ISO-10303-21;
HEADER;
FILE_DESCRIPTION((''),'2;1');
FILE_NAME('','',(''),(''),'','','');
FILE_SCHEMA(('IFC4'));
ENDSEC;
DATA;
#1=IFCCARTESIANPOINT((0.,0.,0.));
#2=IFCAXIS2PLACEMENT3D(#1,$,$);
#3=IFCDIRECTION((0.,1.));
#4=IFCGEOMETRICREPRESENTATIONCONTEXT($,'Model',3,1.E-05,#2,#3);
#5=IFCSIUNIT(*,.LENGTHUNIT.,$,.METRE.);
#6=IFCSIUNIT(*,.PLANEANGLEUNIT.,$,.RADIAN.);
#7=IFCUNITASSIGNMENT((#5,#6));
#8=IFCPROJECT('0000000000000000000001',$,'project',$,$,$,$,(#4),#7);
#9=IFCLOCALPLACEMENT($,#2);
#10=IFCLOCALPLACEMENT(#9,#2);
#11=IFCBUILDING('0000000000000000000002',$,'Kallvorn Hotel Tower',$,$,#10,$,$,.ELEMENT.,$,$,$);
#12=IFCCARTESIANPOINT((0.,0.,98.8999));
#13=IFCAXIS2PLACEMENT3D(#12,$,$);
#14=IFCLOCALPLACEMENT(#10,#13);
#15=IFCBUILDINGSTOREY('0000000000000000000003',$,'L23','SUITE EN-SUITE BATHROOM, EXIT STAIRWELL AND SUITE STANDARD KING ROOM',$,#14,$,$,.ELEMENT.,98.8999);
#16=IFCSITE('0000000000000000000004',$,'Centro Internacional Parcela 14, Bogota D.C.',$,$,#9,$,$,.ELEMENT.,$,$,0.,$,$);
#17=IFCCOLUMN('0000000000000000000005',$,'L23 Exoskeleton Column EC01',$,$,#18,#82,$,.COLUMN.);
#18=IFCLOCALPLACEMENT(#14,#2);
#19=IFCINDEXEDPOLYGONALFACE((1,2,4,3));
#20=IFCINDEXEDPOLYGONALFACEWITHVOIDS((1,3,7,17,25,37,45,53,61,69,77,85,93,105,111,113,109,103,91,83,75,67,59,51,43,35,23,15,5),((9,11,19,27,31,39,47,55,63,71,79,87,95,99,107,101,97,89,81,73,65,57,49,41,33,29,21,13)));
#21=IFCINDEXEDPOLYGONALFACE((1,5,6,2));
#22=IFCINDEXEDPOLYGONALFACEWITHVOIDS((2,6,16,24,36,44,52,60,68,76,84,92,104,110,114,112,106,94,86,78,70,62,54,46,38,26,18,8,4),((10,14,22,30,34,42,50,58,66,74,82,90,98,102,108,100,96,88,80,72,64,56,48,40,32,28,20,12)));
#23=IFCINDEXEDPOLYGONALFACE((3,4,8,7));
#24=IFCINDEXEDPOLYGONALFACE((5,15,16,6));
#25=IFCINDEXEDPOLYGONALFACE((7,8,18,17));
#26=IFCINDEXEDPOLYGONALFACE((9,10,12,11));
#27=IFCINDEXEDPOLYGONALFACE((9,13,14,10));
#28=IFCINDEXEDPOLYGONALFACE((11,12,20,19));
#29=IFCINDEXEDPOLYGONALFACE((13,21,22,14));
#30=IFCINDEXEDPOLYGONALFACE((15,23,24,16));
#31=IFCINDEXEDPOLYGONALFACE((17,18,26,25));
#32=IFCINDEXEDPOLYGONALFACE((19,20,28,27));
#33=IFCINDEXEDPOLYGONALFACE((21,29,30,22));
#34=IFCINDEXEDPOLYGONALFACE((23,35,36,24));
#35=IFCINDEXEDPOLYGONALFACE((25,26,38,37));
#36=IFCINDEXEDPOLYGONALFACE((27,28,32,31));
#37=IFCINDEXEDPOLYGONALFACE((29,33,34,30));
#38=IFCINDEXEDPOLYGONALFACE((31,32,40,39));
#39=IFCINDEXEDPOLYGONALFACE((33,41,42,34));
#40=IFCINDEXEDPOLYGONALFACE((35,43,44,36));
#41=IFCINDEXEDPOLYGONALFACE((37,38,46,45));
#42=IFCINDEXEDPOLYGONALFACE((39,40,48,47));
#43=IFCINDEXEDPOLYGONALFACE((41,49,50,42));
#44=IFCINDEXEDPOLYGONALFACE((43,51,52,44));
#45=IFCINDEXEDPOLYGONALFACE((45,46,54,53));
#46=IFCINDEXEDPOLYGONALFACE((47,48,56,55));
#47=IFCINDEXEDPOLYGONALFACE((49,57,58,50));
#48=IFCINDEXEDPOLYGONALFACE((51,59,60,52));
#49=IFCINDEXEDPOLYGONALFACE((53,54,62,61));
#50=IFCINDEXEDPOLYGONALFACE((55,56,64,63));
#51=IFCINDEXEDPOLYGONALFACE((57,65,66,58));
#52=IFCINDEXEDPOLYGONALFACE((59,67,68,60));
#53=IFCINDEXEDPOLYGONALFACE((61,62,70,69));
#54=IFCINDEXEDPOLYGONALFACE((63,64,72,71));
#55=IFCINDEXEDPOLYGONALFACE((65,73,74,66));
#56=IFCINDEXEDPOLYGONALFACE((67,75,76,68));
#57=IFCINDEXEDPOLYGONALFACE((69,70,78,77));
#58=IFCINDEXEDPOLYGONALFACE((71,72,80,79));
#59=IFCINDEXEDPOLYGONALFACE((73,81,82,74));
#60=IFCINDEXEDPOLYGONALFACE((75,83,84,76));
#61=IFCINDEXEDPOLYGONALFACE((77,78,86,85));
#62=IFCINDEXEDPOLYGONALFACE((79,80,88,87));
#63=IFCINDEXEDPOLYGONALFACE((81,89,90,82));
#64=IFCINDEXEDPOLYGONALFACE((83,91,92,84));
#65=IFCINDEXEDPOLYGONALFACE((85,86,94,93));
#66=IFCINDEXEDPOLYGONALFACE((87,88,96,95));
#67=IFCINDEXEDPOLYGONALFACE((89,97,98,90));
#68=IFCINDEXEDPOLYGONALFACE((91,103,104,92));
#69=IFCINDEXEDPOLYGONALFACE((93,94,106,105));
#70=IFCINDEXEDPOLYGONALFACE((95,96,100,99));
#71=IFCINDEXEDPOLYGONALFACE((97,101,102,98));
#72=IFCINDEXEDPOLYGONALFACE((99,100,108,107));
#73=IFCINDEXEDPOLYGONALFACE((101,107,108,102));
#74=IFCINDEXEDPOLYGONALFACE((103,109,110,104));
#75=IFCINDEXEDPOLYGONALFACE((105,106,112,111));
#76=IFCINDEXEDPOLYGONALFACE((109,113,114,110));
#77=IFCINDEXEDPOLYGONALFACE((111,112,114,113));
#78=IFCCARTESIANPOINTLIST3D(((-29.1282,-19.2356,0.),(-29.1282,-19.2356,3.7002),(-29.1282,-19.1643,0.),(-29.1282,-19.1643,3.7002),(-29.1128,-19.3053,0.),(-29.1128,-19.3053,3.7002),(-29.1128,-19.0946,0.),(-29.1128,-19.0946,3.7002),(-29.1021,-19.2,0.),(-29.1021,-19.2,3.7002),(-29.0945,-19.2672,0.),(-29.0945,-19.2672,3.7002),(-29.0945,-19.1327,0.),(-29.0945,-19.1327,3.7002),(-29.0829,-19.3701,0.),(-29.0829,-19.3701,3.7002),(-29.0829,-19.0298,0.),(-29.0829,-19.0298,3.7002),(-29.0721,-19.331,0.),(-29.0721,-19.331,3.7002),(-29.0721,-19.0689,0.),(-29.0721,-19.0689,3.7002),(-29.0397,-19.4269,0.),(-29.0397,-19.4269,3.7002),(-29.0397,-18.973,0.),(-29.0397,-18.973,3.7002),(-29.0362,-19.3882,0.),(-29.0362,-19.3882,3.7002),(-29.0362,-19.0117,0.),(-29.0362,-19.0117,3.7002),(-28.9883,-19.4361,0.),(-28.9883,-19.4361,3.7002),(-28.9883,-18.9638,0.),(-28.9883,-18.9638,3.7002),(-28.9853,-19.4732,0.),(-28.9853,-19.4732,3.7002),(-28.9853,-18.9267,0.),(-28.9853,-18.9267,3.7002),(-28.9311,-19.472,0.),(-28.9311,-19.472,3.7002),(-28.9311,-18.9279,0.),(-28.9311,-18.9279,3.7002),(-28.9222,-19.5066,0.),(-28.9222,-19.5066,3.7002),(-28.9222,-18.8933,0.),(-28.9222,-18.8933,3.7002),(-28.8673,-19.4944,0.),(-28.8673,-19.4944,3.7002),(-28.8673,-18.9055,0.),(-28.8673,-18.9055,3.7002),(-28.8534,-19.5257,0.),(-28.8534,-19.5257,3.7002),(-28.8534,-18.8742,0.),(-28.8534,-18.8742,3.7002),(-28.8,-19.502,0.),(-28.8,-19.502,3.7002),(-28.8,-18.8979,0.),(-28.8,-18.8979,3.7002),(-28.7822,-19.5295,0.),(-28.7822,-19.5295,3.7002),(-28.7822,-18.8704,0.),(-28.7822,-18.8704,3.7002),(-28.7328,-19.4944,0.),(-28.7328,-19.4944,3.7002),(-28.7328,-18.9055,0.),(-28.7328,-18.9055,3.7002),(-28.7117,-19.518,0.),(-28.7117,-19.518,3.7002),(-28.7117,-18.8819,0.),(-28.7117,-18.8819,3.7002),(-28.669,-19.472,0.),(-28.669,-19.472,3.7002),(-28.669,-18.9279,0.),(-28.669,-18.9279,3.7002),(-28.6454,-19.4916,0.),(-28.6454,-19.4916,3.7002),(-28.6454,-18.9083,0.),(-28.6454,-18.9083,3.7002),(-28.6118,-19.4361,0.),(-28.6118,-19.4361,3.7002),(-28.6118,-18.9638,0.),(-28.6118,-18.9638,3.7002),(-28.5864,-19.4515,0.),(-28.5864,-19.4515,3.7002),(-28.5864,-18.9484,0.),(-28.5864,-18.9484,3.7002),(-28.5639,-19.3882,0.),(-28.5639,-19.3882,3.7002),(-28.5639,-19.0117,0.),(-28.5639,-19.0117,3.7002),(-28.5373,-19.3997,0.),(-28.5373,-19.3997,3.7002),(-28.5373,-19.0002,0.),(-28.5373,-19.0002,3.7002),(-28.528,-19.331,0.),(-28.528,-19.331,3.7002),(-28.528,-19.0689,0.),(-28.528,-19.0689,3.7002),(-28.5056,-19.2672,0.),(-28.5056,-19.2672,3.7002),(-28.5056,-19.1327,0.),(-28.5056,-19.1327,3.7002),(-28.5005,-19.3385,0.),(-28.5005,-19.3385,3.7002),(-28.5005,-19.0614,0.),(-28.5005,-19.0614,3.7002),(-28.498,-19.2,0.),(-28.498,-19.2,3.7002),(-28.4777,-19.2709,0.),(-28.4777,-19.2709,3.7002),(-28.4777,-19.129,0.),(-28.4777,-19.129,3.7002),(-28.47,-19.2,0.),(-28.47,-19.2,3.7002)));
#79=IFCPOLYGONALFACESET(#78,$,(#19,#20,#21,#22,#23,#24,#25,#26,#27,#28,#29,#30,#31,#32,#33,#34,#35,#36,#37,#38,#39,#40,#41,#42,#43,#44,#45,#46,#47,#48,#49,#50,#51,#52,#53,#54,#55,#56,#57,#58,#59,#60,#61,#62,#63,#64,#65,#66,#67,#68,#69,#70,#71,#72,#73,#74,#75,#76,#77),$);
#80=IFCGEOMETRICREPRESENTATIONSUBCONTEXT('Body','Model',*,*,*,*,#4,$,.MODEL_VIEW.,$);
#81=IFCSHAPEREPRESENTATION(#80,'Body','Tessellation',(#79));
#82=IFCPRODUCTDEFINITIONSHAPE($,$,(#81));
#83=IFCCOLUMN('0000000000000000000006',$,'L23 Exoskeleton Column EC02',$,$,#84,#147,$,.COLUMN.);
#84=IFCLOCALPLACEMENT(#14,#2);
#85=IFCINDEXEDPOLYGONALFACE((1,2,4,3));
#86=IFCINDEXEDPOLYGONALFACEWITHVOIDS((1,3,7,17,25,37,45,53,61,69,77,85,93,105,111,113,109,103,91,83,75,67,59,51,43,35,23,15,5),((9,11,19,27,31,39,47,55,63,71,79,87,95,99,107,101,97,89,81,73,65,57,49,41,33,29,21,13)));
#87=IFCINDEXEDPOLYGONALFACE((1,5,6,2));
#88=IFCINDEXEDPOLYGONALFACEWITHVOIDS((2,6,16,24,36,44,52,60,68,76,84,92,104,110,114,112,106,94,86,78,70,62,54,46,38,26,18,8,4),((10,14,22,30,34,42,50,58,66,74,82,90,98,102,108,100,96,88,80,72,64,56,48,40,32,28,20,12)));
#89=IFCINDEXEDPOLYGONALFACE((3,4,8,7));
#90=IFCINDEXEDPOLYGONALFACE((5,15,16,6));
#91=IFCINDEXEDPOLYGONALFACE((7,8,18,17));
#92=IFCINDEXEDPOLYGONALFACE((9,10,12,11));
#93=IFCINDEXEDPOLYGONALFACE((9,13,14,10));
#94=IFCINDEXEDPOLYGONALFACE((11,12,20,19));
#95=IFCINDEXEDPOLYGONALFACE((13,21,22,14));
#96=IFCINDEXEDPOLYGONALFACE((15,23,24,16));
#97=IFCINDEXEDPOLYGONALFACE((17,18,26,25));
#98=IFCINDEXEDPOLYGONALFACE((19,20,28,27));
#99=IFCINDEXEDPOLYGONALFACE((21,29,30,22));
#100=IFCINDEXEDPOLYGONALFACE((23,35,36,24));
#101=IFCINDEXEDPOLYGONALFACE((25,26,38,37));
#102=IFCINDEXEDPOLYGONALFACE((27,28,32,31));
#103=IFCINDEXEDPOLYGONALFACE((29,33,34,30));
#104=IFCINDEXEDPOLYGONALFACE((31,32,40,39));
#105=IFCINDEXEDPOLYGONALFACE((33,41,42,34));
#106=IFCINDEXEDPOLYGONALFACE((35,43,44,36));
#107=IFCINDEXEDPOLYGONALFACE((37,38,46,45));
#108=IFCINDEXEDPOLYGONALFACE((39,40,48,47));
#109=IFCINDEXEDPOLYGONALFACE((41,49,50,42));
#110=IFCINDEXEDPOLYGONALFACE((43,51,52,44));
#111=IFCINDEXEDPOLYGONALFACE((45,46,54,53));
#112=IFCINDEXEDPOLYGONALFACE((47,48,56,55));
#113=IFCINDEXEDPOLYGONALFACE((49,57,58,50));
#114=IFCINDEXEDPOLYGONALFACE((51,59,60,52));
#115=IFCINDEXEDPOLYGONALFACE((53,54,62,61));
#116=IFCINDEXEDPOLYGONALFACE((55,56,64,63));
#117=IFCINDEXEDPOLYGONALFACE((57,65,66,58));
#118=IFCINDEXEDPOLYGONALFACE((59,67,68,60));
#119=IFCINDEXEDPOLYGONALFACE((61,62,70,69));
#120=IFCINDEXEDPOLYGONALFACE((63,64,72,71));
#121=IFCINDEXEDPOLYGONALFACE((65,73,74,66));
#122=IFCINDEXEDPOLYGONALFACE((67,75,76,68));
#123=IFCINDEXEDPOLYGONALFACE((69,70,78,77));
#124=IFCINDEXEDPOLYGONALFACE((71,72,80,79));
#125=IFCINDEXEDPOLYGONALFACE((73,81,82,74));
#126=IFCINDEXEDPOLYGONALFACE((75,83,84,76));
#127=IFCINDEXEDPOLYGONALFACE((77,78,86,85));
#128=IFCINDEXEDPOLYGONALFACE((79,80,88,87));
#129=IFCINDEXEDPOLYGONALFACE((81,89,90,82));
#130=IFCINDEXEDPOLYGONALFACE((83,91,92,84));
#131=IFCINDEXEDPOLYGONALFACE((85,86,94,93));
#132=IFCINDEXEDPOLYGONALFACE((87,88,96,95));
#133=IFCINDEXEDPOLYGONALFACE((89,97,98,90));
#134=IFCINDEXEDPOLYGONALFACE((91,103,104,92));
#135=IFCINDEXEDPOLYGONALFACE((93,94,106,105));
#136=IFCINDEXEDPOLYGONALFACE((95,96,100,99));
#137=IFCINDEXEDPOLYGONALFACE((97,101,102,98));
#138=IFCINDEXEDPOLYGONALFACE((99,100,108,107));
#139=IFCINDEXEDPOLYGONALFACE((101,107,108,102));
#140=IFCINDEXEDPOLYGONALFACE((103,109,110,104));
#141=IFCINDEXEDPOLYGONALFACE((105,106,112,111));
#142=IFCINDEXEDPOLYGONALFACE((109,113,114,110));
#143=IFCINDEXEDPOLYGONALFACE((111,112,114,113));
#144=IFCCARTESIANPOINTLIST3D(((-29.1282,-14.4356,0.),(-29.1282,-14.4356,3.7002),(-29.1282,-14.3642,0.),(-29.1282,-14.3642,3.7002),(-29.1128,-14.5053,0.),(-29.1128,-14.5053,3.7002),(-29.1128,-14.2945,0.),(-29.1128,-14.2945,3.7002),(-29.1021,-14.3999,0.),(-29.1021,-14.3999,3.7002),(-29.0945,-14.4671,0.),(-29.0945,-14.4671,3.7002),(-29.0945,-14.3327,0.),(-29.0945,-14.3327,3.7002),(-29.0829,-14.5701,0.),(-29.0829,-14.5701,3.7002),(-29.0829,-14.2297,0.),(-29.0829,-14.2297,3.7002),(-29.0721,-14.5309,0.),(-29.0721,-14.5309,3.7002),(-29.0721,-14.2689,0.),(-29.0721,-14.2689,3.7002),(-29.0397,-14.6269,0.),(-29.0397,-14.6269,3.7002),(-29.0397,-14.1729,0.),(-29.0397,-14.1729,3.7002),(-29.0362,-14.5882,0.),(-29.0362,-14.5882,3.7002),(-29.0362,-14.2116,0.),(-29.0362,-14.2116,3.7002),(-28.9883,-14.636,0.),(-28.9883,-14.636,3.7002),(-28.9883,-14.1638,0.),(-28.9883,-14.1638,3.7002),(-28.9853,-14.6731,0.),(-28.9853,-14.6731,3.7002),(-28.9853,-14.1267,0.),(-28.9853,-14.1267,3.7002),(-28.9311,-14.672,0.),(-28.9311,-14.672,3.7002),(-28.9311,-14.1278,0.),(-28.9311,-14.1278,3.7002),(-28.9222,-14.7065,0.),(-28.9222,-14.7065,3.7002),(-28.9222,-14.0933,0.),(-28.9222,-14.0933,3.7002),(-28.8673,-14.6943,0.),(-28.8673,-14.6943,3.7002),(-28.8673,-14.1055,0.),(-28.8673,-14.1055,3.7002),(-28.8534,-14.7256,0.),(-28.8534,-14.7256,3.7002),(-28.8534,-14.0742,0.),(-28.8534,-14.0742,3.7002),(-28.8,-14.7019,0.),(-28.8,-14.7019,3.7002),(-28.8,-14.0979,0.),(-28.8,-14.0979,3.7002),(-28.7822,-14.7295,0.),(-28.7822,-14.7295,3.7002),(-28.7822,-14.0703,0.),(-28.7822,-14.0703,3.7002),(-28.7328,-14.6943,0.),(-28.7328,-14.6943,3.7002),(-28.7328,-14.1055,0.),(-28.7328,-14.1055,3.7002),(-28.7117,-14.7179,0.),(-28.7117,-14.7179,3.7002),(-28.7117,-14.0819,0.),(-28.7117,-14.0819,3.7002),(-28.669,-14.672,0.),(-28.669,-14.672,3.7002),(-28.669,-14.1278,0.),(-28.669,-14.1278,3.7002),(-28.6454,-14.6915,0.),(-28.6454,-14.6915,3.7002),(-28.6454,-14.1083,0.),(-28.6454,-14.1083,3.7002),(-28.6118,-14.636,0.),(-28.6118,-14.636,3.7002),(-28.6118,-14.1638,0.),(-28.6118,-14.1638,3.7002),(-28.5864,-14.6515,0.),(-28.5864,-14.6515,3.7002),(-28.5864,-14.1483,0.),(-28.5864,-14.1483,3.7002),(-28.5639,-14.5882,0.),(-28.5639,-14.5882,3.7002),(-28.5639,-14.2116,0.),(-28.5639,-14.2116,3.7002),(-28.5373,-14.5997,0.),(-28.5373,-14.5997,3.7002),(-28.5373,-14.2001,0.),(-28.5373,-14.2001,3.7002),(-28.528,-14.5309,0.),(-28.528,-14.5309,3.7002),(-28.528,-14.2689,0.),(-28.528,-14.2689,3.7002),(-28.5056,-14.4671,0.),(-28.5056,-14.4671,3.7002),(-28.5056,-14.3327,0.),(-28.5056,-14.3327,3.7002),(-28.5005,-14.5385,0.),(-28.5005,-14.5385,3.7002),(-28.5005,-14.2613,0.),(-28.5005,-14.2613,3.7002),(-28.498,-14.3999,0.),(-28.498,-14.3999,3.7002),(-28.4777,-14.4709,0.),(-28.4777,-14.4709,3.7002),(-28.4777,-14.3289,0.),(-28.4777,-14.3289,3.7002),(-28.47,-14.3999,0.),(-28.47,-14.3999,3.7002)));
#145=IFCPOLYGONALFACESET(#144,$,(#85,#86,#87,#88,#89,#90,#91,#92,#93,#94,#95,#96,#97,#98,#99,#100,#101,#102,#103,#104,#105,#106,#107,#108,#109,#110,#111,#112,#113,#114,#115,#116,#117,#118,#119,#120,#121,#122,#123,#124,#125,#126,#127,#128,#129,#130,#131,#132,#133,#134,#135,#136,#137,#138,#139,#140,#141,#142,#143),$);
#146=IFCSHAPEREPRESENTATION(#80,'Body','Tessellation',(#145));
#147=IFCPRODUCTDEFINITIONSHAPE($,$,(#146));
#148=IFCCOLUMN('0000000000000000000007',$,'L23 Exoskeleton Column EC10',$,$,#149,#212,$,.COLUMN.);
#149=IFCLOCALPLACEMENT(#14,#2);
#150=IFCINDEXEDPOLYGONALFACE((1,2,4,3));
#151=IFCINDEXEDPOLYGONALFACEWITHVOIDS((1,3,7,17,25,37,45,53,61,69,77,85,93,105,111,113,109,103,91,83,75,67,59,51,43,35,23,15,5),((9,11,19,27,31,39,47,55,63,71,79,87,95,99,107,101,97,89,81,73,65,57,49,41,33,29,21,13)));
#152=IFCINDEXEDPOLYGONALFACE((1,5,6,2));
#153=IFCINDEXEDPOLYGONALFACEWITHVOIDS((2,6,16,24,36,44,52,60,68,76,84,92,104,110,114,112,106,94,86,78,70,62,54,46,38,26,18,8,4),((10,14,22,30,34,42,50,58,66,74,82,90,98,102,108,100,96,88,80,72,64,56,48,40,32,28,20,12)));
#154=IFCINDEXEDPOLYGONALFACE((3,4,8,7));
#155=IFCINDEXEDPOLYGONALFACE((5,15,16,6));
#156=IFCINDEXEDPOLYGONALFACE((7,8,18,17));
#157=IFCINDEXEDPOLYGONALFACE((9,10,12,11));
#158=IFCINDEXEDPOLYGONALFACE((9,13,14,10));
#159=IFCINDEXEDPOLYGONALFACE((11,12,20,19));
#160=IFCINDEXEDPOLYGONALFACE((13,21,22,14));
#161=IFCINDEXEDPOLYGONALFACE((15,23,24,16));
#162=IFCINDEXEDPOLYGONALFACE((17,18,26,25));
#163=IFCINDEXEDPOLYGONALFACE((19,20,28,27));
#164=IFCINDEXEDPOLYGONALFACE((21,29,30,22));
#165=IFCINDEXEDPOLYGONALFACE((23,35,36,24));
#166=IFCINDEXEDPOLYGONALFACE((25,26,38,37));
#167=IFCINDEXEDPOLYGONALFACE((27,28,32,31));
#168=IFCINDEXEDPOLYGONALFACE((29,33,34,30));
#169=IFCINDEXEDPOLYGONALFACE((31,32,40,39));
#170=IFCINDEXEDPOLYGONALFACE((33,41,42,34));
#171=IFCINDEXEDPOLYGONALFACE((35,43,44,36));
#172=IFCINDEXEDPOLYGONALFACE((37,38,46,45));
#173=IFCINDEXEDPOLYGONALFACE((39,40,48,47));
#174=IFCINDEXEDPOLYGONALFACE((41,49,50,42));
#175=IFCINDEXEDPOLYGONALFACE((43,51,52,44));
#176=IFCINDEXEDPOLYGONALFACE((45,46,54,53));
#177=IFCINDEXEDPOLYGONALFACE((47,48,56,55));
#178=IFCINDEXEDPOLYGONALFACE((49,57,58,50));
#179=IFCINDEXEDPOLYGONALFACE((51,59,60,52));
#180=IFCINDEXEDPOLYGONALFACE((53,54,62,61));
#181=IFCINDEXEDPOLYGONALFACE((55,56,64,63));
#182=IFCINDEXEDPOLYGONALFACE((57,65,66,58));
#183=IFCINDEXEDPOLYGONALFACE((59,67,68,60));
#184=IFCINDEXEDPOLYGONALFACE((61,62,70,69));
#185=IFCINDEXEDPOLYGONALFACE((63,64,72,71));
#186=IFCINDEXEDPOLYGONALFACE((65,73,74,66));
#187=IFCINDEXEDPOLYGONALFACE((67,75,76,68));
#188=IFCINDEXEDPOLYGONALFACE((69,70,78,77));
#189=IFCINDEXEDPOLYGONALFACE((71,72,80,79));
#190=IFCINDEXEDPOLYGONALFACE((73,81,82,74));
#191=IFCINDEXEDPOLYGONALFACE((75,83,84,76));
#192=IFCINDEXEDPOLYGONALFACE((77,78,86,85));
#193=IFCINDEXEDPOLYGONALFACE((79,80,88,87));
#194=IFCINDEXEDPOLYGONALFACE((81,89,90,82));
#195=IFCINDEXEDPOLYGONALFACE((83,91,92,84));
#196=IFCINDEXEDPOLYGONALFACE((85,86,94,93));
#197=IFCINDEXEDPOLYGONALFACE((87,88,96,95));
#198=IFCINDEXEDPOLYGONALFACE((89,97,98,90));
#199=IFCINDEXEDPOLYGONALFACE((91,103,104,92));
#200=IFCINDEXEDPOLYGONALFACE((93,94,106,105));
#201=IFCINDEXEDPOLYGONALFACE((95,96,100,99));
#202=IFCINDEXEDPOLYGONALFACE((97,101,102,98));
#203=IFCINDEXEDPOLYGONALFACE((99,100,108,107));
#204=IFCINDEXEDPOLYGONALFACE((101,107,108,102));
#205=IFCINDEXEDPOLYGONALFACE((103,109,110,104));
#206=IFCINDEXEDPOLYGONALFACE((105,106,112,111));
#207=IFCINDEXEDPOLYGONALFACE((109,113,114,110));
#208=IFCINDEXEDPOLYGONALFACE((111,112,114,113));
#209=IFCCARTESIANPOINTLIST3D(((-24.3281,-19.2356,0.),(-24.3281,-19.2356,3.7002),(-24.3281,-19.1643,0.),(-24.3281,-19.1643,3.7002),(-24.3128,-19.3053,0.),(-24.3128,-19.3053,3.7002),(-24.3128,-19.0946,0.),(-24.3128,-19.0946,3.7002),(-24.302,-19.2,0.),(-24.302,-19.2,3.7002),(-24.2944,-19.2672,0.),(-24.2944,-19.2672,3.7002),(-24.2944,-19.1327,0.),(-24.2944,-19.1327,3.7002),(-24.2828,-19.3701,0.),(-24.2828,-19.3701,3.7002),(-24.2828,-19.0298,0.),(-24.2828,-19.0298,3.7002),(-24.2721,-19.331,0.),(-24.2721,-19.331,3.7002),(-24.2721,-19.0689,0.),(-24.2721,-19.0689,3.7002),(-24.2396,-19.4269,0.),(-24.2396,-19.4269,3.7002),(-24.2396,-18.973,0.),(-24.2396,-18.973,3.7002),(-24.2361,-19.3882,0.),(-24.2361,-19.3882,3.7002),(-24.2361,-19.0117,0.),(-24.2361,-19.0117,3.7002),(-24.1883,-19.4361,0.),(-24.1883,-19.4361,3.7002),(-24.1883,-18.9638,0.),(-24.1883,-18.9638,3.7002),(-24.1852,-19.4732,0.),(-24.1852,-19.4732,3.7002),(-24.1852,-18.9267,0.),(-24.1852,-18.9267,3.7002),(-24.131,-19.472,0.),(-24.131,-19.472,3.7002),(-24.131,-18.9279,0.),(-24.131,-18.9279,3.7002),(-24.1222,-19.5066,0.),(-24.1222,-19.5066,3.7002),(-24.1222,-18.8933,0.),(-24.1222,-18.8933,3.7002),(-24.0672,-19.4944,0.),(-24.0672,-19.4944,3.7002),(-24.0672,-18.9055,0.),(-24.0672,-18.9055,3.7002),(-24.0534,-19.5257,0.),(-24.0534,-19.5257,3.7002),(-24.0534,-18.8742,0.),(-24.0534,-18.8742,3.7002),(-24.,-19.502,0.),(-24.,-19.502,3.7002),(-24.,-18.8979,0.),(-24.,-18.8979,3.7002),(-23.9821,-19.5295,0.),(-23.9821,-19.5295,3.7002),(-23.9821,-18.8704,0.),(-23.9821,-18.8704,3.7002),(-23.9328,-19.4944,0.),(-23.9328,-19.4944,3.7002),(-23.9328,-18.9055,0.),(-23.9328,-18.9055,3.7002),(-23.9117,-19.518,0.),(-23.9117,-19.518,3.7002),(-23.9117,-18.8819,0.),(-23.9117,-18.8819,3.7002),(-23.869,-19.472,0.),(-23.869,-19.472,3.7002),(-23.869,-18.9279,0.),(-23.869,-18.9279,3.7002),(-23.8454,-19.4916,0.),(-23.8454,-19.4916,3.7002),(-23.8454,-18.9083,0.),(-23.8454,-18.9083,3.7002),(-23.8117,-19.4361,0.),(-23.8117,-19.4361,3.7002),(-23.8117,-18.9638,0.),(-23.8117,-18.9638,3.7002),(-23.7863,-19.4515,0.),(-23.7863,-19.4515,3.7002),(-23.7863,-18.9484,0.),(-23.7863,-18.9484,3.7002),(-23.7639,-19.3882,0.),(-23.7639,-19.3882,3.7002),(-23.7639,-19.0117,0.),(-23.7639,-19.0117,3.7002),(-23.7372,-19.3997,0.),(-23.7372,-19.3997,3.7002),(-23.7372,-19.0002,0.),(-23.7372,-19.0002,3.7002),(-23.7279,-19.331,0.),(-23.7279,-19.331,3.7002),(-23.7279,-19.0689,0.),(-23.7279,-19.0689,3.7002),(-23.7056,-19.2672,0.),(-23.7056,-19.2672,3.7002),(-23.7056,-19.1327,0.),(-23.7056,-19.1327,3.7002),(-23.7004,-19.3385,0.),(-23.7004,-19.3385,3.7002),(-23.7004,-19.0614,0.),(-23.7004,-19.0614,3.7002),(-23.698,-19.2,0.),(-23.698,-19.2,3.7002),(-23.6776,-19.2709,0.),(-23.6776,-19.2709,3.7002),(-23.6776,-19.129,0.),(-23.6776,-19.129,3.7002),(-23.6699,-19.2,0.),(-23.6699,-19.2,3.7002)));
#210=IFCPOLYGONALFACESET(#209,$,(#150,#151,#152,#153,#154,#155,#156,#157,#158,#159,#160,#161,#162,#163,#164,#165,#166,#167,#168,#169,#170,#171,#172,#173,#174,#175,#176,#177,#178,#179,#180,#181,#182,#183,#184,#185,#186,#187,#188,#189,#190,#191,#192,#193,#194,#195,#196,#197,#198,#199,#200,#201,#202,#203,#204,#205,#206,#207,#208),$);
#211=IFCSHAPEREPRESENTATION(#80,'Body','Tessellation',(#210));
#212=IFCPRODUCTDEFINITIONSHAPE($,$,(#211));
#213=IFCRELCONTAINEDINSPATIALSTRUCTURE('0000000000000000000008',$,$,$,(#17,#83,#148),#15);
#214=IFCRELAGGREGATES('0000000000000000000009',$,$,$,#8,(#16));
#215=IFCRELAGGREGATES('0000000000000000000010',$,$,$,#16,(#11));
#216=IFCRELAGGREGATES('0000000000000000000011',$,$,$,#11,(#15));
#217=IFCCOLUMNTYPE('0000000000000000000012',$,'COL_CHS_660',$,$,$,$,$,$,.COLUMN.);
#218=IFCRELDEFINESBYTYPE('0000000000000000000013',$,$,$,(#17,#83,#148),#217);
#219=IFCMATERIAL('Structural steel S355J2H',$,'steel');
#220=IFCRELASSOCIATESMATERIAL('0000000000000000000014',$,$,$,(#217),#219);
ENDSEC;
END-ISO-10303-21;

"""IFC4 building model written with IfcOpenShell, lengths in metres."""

from ifc_helpers import new_model, si_unit, direction, frame, origin, origin_2d, place, context, subcontext, project, spatial, hollow_circle, extrude, material, material_profile, profile_set, type_object, element, save


model = new_model("IFC4")

# Units and contexts
model_context = context("Model", 3, precision=1e-05, world=origin(), true_north=direction((0.0, 1.0)))
body_context = subcontext(model_context, "Body", "Model", "MODEL_VIEW")
ifc_project = project(units=[si_unit("LENGTHUNIT", "METRE"), si_unit("PLANEANGLEUNIT", "RADIAN")], contexts=[model_context])

# Site, building, storey
site_placement = place(None, origin())
site = spatial("IfcSite", under=ifc_project, at=site_placement, Name="Centro Internacional Parcela 14, Bogota D.C.", CompositionType="ELEMENT", RefElevation=0.0)
building_placement = place(site_placement, origin())
building = spatial("IfcBuilding", under=site, at=building_placement, Name="Kallvorn Hotel Tower", CompositionType="ELEMENT")
storey_placement = place(building_placement, frame((0.0, 0.0, 98.8999)))
storey = spatial("IfcBuildingStorey", under=building, at=storey_placement, Name="L23", Description="SUITE EN-SUITE BATHROOM, EXIT STAIRWELL AND SUITE STANDARD KING ROOM", CompositionType="ELEMENT", Elevation=98.8999)

# Columns
ifc_material_1 = material(Name="Structural steel S355J2H", Category="steel")
ifc_material_profile_1 = material_profile(ifc_material_1, hollow_circle(Radius=0.3301, WallThickness=0.0281, at=origin_2d()), Name="CHS 660x28")
ifc_profile_set_1 = profile_set([ifc_material_profile_1], Name="Structural steel S355J2H")
column_type_1 = type_object("IfcColumnType", Name="COL_CHS_660", PredefinedType="COLUMN", material=ifc_profile_set_1)
for number, where, z_axis, x_axis, name in (
    (1, (-28.8, -19.2, 0.0), (0.0, 0.0, 1.0), (1.0, 0.0, 0.0), "L23 Exoskeleton Column EC01"),
    (2, (-28.8, -14.3999, 0.0), (0.0, 0.0, 1.0), (1.0, 0.0, 0.0), "L23 Exoskeleton Column EC02"),
    (3, (-24.0, -19.2, 0.0), (0.0, 0.0, 1.0), (1.0, 0.0, 0.0), "L23 Exoskeleton Column EC10"),
):
    element("IfcColumn", number, at=place(storey_placement, frame(where, z_axis=z_axis, x_axis=x_axis)), inside=storey, type_object=column_type_1, Name=name, PredefinedType="COLUMN", context=body_context, shape_type="SweptSolid", body=[
        extrude(hollow_circle(Radius=0.3301, WallThickness=0.0281, at=origin_2d()), origin(), (0.0, 0.0, 1.0), 3.7002),
    ])

save(model, "model.ifc")
